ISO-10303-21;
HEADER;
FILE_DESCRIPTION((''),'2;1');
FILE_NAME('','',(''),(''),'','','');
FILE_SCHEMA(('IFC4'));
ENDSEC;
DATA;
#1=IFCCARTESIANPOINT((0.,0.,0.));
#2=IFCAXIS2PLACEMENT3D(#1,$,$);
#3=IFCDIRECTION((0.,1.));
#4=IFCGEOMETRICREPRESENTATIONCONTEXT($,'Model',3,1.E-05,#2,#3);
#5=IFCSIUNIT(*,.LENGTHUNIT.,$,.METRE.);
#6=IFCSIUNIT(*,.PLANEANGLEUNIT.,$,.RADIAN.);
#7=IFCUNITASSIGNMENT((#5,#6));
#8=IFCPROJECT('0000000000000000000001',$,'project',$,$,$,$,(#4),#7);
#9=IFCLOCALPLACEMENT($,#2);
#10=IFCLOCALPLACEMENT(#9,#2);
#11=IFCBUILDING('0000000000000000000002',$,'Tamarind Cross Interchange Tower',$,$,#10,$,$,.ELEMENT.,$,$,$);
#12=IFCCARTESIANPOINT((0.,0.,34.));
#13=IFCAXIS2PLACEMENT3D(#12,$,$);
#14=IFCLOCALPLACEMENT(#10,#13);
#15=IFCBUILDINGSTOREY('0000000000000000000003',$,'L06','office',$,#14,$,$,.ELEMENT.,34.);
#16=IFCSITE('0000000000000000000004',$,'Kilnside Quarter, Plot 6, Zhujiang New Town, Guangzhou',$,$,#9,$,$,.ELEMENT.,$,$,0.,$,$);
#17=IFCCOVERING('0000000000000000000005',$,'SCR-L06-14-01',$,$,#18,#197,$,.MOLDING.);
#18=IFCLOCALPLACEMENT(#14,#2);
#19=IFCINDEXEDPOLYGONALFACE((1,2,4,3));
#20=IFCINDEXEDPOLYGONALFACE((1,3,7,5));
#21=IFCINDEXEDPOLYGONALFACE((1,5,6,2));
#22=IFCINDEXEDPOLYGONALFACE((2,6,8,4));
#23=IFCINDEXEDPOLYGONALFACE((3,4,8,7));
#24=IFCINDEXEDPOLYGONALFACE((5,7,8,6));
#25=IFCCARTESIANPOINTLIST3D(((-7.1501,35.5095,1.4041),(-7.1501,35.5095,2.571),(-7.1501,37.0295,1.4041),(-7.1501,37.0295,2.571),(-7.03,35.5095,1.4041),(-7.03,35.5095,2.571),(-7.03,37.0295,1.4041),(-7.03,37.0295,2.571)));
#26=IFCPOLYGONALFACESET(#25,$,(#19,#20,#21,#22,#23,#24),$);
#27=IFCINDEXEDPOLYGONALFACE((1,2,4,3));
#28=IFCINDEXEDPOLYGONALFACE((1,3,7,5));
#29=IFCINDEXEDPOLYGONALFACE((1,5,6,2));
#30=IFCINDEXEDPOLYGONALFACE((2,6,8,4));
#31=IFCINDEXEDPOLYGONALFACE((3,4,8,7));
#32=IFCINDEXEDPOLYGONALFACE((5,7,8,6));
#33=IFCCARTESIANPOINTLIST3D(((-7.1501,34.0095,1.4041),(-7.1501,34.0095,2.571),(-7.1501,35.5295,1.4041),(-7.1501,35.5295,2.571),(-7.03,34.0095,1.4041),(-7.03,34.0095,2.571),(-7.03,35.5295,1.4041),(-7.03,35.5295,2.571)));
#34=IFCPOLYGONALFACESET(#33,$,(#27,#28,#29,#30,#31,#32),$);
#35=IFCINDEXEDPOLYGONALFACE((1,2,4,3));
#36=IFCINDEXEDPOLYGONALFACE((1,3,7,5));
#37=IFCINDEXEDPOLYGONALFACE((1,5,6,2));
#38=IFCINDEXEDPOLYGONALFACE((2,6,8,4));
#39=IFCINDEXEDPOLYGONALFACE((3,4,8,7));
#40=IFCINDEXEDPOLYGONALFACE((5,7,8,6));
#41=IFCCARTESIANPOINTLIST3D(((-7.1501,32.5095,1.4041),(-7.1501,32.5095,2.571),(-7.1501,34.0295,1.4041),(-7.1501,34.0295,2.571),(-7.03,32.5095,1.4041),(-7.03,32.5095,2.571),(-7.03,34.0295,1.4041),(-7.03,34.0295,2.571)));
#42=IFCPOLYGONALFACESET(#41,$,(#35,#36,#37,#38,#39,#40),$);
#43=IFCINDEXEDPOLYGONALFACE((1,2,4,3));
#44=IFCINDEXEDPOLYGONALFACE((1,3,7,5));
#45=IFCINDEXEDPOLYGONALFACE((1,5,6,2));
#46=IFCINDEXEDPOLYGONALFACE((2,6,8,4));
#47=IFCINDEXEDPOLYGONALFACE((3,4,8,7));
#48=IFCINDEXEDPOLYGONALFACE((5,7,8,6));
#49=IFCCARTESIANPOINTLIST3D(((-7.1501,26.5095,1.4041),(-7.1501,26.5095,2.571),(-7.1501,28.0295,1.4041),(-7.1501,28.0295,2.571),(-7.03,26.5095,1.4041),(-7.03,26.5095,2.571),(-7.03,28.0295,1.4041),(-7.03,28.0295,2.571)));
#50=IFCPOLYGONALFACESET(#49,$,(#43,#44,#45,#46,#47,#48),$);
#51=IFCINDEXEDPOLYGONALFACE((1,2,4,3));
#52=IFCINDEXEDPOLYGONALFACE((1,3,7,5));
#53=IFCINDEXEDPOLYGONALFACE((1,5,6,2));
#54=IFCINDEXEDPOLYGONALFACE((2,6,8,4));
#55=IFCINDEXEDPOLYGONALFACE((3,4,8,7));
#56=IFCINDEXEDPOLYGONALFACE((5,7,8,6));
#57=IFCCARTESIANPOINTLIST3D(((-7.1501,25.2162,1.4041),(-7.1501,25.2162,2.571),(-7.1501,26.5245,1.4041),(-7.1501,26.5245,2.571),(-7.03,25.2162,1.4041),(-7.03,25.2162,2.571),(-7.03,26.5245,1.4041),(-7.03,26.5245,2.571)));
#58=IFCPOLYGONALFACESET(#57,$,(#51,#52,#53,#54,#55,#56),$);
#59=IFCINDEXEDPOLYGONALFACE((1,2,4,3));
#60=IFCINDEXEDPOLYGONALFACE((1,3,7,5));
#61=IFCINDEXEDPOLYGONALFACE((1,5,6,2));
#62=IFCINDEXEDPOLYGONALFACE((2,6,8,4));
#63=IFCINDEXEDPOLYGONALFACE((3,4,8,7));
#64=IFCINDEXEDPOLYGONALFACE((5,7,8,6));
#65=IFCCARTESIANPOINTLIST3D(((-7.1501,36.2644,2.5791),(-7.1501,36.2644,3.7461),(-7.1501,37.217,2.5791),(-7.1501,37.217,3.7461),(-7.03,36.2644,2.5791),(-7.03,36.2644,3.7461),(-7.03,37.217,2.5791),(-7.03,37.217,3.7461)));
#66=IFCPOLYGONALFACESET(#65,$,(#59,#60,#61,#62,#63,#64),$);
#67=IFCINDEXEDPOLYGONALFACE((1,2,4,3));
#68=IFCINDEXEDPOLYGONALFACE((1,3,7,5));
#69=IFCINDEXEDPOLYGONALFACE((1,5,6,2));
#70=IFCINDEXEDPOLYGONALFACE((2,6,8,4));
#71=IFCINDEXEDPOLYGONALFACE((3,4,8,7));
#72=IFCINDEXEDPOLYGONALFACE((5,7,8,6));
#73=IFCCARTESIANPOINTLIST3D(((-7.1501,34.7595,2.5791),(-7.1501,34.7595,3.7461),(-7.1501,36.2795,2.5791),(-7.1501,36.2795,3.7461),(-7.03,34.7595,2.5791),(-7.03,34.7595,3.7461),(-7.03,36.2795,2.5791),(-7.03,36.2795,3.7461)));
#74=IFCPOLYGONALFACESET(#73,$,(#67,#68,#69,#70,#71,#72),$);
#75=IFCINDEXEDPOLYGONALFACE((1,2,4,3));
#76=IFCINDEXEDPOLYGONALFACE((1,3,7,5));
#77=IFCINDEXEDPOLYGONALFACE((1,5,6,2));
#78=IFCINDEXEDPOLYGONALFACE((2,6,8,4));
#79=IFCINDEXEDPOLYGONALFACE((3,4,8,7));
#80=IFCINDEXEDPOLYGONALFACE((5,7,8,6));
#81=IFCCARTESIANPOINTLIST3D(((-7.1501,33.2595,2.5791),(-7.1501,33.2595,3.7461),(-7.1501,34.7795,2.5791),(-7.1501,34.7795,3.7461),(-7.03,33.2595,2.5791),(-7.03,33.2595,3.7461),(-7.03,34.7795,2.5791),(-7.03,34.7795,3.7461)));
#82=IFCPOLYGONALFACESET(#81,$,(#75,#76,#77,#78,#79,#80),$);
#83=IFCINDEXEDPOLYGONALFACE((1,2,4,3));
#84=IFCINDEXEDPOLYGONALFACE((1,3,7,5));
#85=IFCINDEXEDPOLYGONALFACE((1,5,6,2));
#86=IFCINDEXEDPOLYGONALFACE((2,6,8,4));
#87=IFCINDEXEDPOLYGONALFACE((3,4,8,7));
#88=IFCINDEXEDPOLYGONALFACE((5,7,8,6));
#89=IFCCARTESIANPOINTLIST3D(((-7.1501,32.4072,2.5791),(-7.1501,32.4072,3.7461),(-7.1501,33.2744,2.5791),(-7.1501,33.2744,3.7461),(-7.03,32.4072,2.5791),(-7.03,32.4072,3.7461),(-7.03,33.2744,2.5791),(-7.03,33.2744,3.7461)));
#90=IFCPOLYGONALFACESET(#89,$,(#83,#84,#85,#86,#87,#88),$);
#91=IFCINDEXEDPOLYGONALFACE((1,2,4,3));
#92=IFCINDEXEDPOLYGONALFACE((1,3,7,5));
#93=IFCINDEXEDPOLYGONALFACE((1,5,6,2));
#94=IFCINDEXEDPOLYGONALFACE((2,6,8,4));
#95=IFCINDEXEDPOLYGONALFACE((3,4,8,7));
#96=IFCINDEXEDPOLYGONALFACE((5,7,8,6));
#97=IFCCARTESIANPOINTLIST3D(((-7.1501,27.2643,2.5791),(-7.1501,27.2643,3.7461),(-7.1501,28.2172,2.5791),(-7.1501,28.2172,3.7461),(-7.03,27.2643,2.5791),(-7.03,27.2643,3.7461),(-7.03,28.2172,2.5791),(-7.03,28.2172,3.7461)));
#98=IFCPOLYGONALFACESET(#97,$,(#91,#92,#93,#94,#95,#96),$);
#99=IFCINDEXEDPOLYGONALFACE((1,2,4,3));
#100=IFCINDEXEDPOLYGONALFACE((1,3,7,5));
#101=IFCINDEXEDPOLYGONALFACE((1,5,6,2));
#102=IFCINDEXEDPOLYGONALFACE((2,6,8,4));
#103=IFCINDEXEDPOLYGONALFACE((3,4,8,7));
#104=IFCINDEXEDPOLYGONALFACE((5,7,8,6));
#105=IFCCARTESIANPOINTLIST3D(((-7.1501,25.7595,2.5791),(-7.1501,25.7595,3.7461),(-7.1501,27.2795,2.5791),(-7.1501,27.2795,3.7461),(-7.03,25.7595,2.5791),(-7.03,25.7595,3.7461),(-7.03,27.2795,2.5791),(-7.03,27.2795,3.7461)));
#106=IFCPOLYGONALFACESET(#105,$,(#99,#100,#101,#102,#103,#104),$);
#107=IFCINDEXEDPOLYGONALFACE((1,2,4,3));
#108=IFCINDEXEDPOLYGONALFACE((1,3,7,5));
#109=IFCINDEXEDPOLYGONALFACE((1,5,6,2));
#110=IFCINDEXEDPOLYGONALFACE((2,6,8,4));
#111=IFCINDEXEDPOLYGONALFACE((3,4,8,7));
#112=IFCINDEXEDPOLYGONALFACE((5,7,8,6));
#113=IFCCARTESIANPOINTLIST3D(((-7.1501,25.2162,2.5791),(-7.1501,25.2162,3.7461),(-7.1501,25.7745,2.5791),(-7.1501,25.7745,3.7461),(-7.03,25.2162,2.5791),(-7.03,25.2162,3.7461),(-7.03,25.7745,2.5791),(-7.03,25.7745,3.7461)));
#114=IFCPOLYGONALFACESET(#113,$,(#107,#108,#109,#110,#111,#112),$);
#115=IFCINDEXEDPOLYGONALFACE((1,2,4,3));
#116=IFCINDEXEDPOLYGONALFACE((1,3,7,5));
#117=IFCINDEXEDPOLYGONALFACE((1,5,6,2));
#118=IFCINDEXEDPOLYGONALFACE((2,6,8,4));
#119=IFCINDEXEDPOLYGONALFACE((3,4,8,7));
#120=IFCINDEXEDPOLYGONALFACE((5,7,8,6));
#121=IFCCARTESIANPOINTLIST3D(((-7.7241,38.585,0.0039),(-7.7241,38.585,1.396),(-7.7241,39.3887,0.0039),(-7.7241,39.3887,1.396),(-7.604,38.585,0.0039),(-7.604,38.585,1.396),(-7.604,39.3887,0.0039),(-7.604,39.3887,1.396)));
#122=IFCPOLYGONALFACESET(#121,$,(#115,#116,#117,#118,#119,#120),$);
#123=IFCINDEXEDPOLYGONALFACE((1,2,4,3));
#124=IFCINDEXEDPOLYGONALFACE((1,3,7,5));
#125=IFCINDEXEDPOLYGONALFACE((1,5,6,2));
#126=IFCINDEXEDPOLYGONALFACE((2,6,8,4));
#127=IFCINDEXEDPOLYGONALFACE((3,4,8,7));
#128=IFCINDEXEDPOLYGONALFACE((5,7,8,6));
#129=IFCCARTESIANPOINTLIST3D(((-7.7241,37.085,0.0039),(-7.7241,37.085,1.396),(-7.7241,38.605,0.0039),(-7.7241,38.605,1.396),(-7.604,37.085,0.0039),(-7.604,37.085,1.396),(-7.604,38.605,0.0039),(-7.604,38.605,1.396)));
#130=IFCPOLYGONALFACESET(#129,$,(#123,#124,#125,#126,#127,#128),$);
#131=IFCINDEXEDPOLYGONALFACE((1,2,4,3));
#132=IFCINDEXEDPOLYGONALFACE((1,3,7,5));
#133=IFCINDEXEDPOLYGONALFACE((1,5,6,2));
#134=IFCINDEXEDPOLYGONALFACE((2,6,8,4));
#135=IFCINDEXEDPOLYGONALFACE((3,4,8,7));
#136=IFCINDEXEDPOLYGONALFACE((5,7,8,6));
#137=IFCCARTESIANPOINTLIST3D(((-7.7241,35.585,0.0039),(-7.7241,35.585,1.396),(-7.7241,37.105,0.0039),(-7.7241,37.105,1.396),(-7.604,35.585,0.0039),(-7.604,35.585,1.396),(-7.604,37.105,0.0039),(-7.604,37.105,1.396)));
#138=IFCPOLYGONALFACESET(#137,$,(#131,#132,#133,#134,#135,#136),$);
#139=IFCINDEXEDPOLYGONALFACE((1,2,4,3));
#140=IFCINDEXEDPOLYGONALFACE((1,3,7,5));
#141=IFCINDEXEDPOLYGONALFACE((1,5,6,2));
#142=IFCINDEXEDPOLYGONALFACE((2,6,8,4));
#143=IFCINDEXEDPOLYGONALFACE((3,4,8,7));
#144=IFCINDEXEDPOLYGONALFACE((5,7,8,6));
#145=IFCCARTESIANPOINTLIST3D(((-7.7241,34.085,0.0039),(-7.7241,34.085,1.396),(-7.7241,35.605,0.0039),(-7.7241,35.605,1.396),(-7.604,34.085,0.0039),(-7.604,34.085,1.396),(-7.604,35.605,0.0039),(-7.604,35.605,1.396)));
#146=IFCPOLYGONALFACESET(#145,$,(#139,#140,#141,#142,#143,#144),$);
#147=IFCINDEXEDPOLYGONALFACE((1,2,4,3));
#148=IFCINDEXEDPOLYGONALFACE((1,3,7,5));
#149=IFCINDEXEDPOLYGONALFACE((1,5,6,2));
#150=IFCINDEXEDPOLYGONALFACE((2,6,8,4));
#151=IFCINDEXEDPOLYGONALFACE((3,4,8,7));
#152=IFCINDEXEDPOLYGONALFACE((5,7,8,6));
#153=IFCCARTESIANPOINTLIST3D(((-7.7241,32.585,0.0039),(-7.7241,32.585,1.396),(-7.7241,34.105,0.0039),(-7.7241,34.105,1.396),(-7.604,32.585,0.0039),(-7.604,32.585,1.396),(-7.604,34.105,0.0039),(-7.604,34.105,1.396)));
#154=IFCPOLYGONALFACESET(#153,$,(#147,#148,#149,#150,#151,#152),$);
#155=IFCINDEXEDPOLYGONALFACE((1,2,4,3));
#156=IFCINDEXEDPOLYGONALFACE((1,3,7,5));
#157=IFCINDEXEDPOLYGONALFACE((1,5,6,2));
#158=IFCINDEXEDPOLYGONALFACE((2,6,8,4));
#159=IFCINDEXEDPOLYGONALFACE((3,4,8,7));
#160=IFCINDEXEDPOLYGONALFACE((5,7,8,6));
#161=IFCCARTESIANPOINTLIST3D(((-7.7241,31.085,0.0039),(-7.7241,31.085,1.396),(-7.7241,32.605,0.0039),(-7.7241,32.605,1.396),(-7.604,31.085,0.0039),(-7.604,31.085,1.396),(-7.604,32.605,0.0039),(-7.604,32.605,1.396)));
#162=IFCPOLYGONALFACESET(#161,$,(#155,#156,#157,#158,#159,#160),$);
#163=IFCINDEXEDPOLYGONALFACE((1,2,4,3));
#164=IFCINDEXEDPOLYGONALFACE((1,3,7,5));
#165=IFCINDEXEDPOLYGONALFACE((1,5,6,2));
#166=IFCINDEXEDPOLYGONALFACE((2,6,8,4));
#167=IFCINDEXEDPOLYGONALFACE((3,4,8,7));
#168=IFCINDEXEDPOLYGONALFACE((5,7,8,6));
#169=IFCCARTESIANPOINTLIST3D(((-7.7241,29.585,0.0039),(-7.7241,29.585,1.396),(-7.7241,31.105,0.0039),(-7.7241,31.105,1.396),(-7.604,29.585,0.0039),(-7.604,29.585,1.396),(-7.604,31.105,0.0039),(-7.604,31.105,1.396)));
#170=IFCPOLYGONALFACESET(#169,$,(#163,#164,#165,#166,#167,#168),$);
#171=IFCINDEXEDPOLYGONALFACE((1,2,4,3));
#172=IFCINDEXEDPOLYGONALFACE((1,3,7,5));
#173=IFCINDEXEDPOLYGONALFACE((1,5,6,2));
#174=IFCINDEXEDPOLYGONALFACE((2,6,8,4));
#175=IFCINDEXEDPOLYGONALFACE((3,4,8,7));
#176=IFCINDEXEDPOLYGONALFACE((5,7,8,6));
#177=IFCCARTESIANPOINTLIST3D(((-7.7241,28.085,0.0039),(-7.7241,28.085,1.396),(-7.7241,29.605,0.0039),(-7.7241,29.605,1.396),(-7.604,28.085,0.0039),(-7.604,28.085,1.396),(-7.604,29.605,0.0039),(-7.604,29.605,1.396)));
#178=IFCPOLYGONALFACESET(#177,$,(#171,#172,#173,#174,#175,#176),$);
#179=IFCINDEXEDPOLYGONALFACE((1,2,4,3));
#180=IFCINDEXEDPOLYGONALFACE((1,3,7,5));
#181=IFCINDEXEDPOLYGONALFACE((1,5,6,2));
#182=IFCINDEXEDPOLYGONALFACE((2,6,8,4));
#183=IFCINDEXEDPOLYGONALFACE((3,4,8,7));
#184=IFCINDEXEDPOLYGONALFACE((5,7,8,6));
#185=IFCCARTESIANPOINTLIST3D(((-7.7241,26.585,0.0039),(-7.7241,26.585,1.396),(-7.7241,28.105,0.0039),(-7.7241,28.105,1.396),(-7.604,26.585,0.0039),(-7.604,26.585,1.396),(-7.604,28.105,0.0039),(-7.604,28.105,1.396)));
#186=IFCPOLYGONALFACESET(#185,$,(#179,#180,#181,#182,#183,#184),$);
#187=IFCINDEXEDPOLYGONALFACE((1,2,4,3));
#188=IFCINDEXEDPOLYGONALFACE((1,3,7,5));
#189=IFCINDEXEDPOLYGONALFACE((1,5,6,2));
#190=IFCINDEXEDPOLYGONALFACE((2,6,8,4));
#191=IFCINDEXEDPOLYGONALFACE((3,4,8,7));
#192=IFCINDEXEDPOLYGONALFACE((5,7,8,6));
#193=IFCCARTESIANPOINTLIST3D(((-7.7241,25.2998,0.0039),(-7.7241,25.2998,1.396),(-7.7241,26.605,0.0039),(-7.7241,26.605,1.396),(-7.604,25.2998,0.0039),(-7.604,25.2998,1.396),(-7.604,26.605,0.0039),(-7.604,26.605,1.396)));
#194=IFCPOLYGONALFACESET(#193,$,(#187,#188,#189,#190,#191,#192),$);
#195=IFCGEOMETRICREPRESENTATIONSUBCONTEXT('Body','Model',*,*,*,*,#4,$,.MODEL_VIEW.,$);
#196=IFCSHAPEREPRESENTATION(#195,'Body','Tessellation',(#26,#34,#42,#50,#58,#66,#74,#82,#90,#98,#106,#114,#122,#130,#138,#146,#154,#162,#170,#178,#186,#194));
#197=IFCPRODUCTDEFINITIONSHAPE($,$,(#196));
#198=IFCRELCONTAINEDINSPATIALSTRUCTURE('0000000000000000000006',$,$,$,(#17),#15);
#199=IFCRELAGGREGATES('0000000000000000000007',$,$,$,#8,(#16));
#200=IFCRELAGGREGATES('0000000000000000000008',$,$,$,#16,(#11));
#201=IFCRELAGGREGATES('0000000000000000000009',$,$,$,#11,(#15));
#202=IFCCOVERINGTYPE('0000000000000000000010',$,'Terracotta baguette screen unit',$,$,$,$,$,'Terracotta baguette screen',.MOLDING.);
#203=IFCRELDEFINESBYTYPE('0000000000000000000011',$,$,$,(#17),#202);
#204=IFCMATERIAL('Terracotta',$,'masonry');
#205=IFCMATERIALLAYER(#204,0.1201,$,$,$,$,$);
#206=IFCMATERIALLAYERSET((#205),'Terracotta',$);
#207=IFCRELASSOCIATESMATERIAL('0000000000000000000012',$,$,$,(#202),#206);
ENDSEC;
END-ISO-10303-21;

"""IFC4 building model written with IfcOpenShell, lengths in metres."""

from ifc_helpers import new_model, si_unit, direction, frame, origin, origin_2d, place, context, subcontext, project, spatial, rectangle, extrude, material, layer, layer_set, type_object, element, save


model = new_model("IFC4")

# Units and contexts
model_context = context("Model", 3, precision=1e-05, world=origin(), true_north=direction((0.0, 1.0)))
body_context = subcontext(model_context, "Body", "Model", "MODEL_VIEW")
ifc_project = project(units=[si_unit("LENGTHUNIT", "METRE"), si_unit("PLANEANGLEUNIT", "RADIAN")], contexts=[model_context])

# Site, building, storey
site_placement = place(None, origin())
site = spatial("IfcSite", under=ifc_project, at=site_placement, Name="Kilnside Quarter, Plot 6, Zhujiang New Town, Guangzhou", CompositionType="ELEMENT", RefElevation=0.0)
building_placement = place(site_placement, origin())
building = spatial("IfcBuilding", under=site, at=building_placement, Name="Tamarind Cross Interchange Tower", CompositionType="ELEMENT")
storey_placement = place(building_placement, frame((0.0, 0.0, 34.0)))
storey = spatial("IfcBuildingStorey", under=building, at=storey_placement, Name="L06", Description="office", CompositionType="ELEMENT", Elevation=34.0)

# Covering
ifc_material_1 = material(Name="Terracotta", Category="masonry")
ifc_layer_1 = layer(ifc_material_1, 0.1201)
ifc_layer_set_1 = layer_set([ifc_layer_1], Name="Terracotta")
covering_type = type_object("IfcCoveringType", Name="Terracotta baguette screen unit", ElementType="Terracotta baguette screen", PredefinedType="MOLDING", material=ifc_layer_set_1)
covering_1_placement = place(storey_placement, origin())
element("IfcCovering", 1, at=covering_1_placement, inside=storey, type_object=covering_type, Name="SCR-L06-14-01", PredefinedType="MOLDING", context=body_context, shape_type="SweptSolid", body=[
    extrude(rectangle(XDim=1.52, YDim=0.1201, at=origin_2d()), frame((-7.0901, 36.2695, 1.4041), z_axis=(0.0, 0.0, 1.0), x_axis=(0.0, -1.0, 0.0)), (0.0, 0.0, 1.0), 1.167),
    extrude(rectangle(XDim=1.52, YDim=0.1201, at=origin_2d()), frame((-7.0901, 34.7695, 1.4041), z_axis=(0.0, 0.0, 1.0), x_axis=(0.0, -1.0, 0.0)), (0.0, 0.0, 1.0), 1.167),
    extrude(rectangle(XDim=1.52, YDim=0.1201, at=origin_2d()), frame((-7.0901, 33.2695, 1.4041), z_axis=(0.0, 0.0, 1.0), x_axis=(0.0, -1.0, 0.0)), (0.0, 0.0, 1.0), 1.167),
    extrude(rectangle(XDim=1.52, YDim=0.1201, at=origin_2d()), frame((-7.0901, 27.2695, 1.4041), z_axis=(0.0, 0.0, 1.0), x_axis=(0.0, -1.0, 0.0)), (0.0, 0.0, 1.0), 1.167),
    extrude(rectangle(XDim=1.3083, YDim=0.1201, at=origin_2d()), frame((-7.0901, 25.8704, 1.4041), z_axis=(0.0, 0.0, 1.0), x_axis=(0.0, -1.0, 0.0)), (0.0, 0.0, 1.0), 1.167),
    extrude(rectangle(XDim=0.9526, YDim=0.1201, at=origin_2d()), frame((-7.0901, 36.7407, 2.5791), z_axis=(0.0, 0.0, 1.0), x_axis=(0.0, -1.0, 0.0)), (0.0, 0.0, 1.0), 1.167),
    extrude(rectangle(XDim=1.52, YDim=0.1201, at=origin_2d()), frame((-7.0901, 35.5195, 2.5791), z_axis=(0.0, 0.0, 1.0), x_axis=(0.0, -1.0, 0.0)), (0.0, 0.0, 1.0), 1.167),
    extrude(rectangle(XDim=1.52, YDim=0.1201, at=origin_2d()), frame((-7.0901, 34.0195, 2.5791), z_axis=(0.0, 0.0, 1.0), x_axis=(0.0, -1.0, 0.0)), (0.0, 0.0, 1.0), 1.167),
    extrude(rectangle(XDim=0.8672, YDim=0.1201, at=origin_2d()), frame((-7.0901, 32.8408, 2.5791), z_axis=(0.0, 0.0, 1.0), x_axis=(0.0, -1.0, 0.0)), (0.0, 0.0, 1.0), 1.167),
    extrude(rectangle(XDim=0.9529, YDim=0.1201, at=origin_2d()), frame((-7.0901, 27.7407, 2.5791), z_axis=(0.0, 0.0, 1.0), x_axis=(0.0, -1.0, 0.0)), (0.0, 0.0, 1.0), 1.167),
    extrude(rectangle(XDim=1.52, YDim=0.1201, at=origin_2d()), frame((-7.0901, 26.5195, 2.5791), z_axis=(0.0, 0.0, 1.0), x_axis=(0.0, -1.0, 0.0)), (0.0, 0.0, 1.0), 1.167),
    extrude(rectangle(XDim=0.5583, YDim=0.1201, at=origin_2d()), frame((-7.0901, 25.4954, 2.5791), z_axis=(0.0, 0.0, 1.0), x_axis=(0.0, -1.0, 0.0)), (0.0, 0.0, 1.0), 1.167),
    extrude(rectangle(XDim=0.8037, YDim=0.1201, at=origin_2d()), frame((-7.6641, 38.9868, 0.0039), z_axis=(0.0, 0.0, 1.0), x_axis=(0.0, -1.0, 0.0)), (0.0, 0.0, 1.0), 1.3921),
    extrude(rectangle(XDim=1.52, YDim=0.1201, at=origin_2d()), frame((-7.6641, 37.845, 0.0039), z_axis=(0.0, 0.0, 1.0), x_axis=(0.0, -1.0, 0.0)), (0.0, 0.0, 1.0), 1.3921),
    extrude(rectangle(XDim=1.52, YDim=0.1201, at=origin_2d()), frame((-7.6641, 36.345, 0.0039), z_axis=(0.0, 0.0, 1.0), x_axis=(0.0, -1.0, 0.0)), (0.0, 0.0, 1.0), 1.3921),
    extrude(rectangle(XDim=1.52, YDim=0.1201, at=origin_2d()), frame((-7.6641, 34.845, 0.0039), z_axis=(0.0, 0.0, 1.0), x_axis=(0.0, -1.0, 0.0)), (0.0, 0.0, 1.0), 1.3921),
    extrude(rectangle(XDim=1.52, YDim=0.1201, at=origin_2d()), frame((-7.6641, 33.345, 0.0039), z_axis=(0.0, 0.0, 1.0), x_axis=(0.0, -1.0, 0.0)), (0.0, 0.0, 1.0), 1.3921),
    extrude(rectangle(XDim=1.52, YDim=0.1201, at=origin_2d()), frame((-7.6641, 31.845, 0.0039), z_axis=(0.0, 0.0, 1.0), x_axis=(0.0, -1.0, 0.0)), (0.0, 0.0, 1.0), 1.3921),
    extrude(rectangle(XDim=1.52, YDim=0.1201, at=origin_2d()), frame((-7.6641, 30.345, 0.0039), z_axis=(0.0, 0.0, 1.0), x_axis=(0.0, -1.0, 0.0)), (0.0, 0.0, 1.0), 1.3921),
    extrude(rectangle(XDim=1.52, YDim=0.1201, at=origin_2d()), frame((-7.6641, 28.845, 0.0039), z_axis=(0.0, 0.0, 1.0), x_axis=(0.0, -1.0, 0.0)), (0.0, 0.0, 1.0), 1.3921),
    extrude(rectangle(XDim=1.52, YDim=0.1201, at=origin_2d()), frame((-7.6641, 27.345, 0.0039), z_axis=(0.0, 0.0, 1.0), x_axis=(0.0, -1.0, 0.0)), (0.0, 0.0, 1.0), 1.3921),
    extrude(rectangle(XDim=1.3052, YDim=0.1201, at=origin_2d()), frame((-7.6641, 25.9524, 0.0039), z_axis=(0.0, 0.0, 1.0), x_axis=(0.0, -1.0, 0.0)), (0.0, 0.0, 1.0), 1.3921),
])

save(model, "model.ifc")
